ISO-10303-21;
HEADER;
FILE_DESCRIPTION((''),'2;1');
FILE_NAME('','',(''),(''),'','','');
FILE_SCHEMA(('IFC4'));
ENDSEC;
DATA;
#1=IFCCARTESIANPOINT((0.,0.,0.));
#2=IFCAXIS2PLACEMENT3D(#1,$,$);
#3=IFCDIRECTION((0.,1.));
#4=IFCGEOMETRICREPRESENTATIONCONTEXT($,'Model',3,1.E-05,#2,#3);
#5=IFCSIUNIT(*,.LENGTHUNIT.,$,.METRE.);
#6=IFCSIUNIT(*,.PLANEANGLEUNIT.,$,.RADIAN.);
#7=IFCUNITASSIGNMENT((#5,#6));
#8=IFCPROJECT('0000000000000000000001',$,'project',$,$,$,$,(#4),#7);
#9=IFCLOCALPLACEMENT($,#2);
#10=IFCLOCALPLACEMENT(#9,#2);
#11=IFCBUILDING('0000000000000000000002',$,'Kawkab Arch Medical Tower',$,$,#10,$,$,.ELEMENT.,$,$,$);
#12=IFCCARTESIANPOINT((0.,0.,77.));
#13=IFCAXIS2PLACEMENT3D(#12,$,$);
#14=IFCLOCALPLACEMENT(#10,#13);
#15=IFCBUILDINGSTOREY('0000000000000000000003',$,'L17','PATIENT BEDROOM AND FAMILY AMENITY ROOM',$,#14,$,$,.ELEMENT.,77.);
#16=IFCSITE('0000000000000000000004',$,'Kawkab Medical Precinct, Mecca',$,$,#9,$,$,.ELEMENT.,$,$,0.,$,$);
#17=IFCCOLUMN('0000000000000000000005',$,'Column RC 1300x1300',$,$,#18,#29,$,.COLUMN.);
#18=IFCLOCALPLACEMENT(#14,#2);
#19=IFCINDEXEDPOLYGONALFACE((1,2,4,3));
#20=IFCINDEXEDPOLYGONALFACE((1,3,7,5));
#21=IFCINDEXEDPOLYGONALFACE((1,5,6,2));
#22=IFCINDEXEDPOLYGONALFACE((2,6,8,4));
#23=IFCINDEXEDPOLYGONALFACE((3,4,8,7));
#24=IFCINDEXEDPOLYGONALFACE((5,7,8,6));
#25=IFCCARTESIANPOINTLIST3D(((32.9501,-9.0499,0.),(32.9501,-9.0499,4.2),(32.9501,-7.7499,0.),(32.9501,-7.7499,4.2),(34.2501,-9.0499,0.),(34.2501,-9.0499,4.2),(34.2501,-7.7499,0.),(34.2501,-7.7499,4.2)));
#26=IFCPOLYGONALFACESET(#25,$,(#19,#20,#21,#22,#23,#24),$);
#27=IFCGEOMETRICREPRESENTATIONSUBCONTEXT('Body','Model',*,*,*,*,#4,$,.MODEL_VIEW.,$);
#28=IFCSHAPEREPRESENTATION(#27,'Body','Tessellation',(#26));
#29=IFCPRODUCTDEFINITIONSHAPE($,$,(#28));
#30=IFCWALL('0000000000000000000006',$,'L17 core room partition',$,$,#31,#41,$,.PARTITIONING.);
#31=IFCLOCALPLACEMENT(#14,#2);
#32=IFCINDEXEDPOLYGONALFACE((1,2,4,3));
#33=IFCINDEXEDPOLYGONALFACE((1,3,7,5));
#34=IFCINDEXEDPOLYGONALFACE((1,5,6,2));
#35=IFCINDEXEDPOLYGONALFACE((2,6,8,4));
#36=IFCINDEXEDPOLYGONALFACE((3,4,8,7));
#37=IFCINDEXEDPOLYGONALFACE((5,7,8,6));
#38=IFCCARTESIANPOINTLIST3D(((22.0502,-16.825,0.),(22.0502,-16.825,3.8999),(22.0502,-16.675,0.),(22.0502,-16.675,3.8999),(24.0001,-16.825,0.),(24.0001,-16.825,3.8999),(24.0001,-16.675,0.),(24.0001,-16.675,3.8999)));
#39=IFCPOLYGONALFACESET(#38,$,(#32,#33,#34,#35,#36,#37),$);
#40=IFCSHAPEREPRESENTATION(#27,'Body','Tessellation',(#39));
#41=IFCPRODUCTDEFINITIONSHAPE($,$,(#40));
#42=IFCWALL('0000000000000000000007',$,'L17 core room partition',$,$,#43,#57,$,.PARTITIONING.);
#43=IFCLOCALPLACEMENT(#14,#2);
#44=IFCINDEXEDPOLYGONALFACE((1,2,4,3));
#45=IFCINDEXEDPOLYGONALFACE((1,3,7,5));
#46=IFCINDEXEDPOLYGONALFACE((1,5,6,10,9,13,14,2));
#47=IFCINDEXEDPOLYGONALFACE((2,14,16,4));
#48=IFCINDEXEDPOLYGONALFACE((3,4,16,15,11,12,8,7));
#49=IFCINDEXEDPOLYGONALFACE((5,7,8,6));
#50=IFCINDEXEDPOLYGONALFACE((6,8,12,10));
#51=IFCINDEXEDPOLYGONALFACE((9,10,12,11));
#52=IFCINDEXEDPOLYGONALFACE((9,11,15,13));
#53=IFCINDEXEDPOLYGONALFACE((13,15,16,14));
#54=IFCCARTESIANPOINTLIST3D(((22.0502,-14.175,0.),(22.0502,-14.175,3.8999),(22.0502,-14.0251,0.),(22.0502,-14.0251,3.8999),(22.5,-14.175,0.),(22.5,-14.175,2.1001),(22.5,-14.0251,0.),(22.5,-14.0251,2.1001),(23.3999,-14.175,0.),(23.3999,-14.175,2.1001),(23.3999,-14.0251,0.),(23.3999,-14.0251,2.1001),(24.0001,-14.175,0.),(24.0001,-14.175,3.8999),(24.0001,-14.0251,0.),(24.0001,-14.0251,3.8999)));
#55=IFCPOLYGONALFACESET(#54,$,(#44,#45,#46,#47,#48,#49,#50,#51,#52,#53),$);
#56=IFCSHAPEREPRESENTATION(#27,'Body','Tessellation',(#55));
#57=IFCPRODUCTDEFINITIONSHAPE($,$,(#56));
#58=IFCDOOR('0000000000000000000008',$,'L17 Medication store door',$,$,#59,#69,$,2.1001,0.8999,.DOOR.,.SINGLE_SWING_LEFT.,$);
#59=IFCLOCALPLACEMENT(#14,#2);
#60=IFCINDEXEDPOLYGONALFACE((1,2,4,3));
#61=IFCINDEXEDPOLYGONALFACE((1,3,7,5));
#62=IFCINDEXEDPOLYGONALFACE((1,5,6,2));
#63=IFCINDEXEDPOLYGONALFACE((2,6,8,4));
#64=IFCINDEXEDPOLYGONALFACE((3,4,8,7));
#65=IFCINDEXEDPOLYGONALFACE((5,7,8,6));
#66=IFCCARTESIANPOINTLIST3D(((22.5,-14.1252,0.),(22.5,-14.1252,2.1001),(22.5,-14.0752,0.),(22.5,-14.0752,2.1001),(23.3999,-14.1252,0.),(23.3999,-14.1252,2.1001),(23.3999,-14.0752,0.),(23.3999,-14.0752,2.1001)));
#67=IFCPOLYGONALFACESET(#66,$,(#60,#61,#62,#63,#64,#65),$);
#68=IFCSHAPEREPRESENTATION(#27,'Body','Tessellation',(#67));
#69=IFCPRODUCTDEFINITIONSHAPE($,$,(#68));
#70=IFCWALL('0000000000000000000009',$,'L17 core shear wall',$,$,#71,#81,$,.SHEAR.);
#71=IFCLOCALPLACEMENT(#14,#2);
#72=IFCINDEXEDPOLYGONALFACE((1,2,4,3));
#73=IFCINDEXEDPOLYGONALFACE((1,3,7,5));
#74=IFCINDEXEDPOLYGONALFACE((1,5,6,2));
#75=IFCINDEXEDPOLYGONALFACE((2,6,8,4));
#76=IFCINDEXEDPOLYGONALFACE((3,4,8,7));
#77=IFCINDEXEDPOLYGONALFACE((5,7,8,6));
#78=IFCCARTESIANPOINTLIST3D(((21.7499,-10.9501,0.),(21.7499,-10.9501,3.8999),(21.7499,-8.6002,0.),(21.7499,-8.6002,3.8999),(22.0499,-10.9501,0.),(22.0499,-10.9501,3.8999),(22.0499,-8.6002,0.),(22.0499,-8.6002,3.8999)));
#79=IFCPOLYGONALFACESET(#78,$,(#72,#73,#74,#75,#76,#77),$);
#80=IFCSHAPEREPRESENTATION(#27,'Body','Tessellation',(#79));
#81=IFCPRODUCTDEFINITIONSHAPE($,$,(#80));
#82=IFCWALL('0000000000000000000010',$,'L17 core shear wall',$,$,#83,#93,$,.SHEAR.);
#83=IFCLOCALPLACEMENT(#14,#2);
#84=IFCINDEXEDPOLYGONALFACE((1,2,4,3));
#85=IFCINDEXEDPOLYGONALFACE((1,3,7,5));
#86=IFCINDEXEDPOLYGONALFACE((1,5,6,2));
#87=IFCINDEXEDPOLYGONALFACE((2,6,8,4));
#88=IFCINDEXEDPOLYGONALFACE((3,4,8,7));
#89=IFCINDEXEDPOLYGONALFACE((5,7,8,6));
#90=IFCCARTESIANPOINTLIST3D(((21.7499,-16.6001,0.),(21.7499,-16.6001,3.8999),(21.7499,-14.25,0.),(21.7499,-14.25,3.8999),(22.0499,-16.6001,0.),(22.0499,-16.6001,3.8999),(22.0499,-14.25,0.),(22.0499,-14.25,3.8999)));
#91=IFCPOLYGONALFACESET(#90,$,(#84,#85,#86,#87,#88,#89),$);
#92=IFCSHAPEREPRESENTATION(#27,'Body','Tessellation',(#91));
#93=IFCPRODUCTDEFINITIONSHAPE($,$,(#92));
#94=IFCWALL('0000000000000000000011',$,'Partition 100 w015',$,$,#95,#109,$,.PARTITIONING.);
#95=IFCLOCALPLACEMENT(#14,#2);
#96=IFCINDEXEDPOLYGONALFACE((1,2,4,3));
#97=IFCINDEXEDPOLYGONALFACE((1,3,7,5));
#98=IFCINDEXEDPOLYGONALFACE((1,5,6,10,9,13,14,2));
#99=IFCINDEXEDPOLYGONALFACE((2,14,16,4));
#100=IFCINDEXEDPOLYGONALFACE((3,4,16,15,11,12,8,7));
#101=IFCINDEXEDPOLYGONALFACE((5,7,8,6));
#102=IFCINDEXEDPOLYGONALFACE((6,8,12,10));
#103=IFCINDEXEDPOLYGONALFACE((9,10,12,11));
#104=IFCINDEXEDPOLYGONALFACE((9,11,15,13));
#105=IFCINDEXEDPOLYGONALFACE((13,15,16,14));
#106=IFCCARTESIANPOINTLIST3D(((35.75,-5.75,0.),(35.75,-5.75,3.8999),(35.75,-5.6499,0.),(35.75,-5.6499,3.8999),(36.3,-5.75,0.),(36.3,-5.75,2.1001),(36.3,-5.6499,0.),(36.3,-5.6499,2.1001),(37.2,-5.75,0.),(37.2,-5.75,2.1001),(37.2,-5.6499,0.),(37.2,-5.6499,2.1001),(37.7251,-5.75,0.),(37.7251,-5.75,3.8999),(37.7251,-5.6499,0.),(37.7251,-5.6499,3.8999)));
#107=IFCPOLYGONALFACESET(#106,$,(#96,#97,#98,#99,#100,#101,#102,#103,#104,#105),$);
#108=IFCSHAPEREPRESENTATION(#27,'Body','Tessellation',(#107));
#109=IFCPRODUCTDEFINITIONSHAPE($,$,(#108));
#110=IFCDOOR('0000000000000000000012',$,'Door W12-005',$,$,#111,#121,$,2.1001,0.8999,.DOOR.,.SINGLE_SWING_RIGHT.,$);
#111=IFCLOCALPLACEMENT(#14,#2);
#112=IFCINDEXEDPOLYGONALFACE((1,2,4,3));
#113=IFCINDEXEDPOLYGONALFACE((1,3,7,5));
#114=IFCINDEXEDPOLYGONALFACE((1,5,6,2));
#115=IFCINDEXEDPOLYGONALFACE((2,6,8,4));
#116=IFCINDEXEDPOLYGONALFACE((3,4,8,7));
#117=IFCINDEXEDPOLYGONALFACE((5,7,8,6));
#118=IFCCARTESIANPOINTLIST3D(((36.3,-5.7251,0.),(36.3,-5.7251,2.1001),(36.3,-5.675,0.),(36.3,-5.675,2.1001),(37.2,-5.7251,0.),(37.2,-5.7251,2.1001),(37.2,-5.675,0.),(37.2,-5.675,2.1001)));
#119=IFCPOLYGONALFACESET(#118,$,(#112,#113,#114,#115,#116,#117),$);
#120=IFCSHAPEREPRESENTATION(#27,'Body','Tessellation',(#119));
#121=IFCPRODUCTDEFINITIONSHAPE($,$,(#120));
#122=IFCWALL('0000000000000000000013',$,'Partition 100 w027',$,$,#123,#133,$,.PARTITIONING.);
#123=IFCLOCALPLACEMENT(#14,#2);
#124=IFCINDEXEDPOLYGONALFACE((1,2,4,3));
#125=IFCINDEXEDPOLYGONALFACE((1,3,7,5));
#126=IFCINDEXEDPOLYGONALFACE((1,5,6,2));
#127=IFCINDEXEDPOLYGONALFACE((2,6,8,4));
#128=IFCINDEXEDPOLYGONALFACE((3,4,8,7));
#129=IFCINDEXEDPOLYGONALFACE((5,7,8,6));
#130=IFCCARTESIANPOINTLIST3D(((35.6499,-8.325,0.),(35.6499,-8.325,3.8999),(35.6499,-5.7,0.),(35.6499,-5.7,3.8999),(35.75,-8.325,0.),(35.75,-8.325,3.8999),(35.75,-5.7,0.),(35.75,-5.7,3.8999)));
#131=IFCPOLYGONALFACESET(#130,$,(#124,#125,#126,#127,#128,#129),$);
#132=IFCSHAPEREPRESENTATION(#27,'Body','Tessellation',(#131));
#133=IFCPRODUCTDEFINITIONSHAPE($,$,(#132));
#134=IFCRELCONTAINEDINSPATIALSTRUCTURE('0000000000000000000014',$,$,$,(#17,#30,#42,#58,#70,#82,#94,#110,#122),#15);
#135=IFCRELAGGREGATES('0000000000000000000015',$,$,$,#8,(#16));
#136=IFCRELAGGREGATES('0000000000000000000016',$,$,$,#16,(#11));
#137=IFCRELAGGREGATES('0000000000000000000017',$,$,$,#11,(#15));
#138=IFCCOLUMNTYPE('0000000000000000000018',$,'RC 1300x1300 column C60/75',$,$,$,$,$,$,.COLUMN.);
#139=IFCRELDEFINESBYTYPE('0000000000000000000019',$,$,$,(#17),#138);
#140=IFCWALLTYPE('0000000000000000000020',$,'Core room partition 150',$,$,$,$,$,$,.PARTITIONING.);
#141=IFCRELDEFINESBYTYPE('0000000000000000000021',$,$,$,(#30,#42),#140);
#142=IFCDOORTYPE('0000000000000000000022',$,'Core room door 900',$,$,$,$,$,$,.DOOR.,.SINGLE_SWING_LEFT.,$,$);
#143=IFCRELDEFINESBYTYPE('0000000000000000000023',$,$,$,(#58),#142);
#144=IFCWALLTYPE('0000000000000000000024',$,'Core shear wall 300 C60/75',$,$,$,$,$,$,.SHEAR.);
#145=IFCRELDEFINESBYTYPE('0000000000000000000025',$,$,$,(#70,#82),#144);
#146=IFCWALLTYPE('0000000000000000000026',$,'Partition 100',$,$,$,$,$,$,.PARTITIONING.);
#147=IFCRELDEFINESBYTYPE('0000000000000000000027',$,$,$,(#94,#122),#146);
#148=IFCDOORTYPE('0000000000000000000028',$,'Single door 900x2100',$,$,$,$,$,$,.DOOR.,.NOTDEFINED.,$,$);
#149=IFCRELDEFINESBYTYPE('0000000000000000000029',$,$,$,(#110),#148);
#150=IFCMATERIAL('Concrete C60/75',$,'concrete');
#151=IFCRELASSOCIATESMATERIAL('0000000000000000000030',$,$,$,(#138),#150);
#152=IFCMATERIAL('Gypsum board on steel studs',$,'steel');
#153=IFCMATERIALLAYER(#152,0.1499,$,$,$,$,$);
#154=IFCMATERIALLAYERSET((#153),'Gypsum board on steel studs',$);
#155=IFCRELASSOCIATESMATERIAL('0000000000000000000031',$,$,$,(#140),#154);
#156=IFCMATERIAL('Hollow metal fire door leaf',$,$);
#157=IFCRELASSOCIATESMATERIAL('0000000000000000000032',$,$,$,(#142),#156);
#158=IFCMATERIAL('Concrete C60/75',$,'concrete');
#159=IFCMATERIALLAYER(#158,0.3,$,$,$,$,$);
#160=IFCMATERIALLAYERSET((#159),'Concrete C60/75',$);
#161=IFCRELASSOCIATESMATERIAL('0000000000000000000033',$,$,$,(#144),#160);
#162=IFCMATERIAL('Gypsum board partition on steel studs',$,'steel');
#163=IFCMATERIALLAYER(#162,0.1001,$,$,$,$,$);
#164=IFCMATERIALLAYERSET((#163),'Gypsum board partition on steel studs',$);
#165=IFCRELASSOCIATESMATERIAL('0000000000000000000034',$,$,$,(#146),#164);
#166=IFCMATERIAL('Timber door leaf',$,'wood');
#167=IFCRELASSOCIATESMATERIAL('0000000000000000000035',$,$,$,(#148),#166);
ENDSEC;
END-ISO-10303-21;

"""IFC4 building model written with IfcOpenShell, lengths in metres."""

from ifc_helpers import new_model, si_unit, direction, frame, frame_2d, origin, origin_2d, place, context, subcontext, project, spatial, rectangle, extrude, material, layer, layer_set, material_profile, profile_set, type_object, element, fill, save


model = new_model("IFC4")

# Units and contexts
model_context = context("Model", 3, precision=1e-05, world=origin(), true_north=direction((0.0, 1.0)))
body_context = subcontext(model_context, "Body", "Model", "MODEL_VIEW")
ifc_project = project(units=[si_unit("LENGTHUNIT", "METRE"), si_unit("PLANEANGLEUNIT", "RADIAN")], contexts=[model_context])

# Site, building, storey
site_placement = place(None, origin())
site = spatial("IfcSite", under=ifc_project, at=site_placement, Name="Kawkab Medical Precinct, Mecca", CompositionType="ELEMENT", RefElevation=0.0)
building_placement = place(site_placement, origin())
building = spatial("IfcBuilding", under=site, at=building_placement, Name="Kawkab Arch Medical Tower", CompositionType="ELEMENT")
storey_placement = place(building_placement, frame((0.0, 0.0, 77.0)))
storey = spatial("IfcBuildingStorey", under=building, at=storey_placement, Name="L17", Description="PATIENT BEDROOM AND FAMILY AMENITY ROOM", CompositionType="ELEMENT", Elevation=77.0)

# Column
ifc_material_1 = material(Name="Concrete C60/75", Category="concrete")
ifc_material_profile = material_profile(ifc_material_1, rectangle(XDim=1.3, YDim=1.3, at=origin_2d()), Name="RC 1300x1300")
ifc_profile_set = profile_set([ifc_material_profile], Name="Concrete C60/75")
column_type = type_object("IfcColumnType", Name="RC 1300x1300 column C60/75", PredefinedType="COLUMN", material=ifc_profile_set)
column_placement = place(storey_placement, frame((33.6001, -8.3999, 0.0), z_axis=(0.0, 0.0, 1.0), x_axis=(1.0, 0.0, 0.0)))
element("IfcColumn", 1, at=column_placement, inside=storey, type_object=column_type, Name="Column RC 1300x1300", PredefinedType="COLUMN", context=body_context, shape_type="SweptSolid", body=[
    extrude(rectangle(XDim=1.3, YDim=1.3, at=origin_2d()), origin(), (0.0, 0.0, 1.0), 4.2),
])

# Wall
ifc_material_2 = material(Name="Gypsum board on steel studs", Category="steel")
ifc_layer_1 = layer(ifc_material_2, 0.1499)
ifc_layer_set_1 = layer_set([ifc_layer_1], Name="Gypsum board on steel studs")
wall_type_1 = type_object("IfcWallType", Name="Core room partition 150", PredefinedType="PARTITIONING", material=ifc_layer_set_1)
wall_1_placement = place(storey_placement, frame((22.05, -16.75, 0.0), z_axis=(0.0, 0.0, 1.0), x_axis=(1.0, 0.0, 0.0)))
element("IfcWall", 2, at=wall_1_placement, inside=storey, type_object=wall_type_1, Name="L17 core room partition", PredefinedType="PARTITIONING", context=body_context, shape_type="SweptSolid", body=[
    extrude(rectangle(XDim=1.95, YDim=0.1499, at=frame_2d((0.9751, 0.0))), origin(), (0.0, 0.0, 1.0), 3.8999),
])

# Wall, opening, door
wall_2_placement = place(storey_placement, frame((22.05, -14.1001, 0.0), z_axis=(0.0, 0.0, 1.0), x_axis=(1.0, 0.0, 0.0)))
wall_2 = element("IfcWall", 3, at=wall_2_placement, inside=storey, type_object=wall_type_1, Name="L17 core room partition", PredefinedType="PARTITIONING", context=body_context, shape_type="SweptSolid", body=[
    extrude(rectangle(XDim=1.95, YDim=0.1499, at=frame_2d((0.9751, 0.0))), origin(), (0.0, 0.0, 1.0), 3.8999),
])
opening_1_placement = place(wall_2_placement, frame((0.45, 0.0, 0.0)))
opening_1 = element("IfcOpeningElement", 4, at=opening_1_placement, cuts=wall_2, PredefinedType="OPENING", context=body_context, shape_type="SweptSolid", body=[
    extrude(rectangle(XDim=0.8999, YDim=2.1001, at=frame_2d((0.45, 1.05))), frame((0.0, 0.085, 0.0), z_axis=(0.0, -1.0, 0.0), x_axis=(1.0, 0.0, 0.0)), (0.0, 0.0, 1.0), 0.1699),
])
ifc_material_3 = material(Name="Hollow metal fire door leaf")
door_type_1 = type_object("IfcDoorType", Name="Core room door 900", OperationType="SINGLE_SWING_LEFT", PredefinedType="DOOR", material=ifc_material_3)
door_1_placement = place(opening_1_placement, origin())
door_1 = element("IfcDoor", 5, at=door_1_placement, inside=storey, type_object=door_type_1, Name="L17 Medication store door", OperationType="SINGLE_SWING_LEFT", OverallHeight=2.1001, OverallWidth=0.8999, PredefinedType="DOOR", context=body_context, shape_type="SweptSolid", body=[
    extrude(rectangle(XDim=0.8999, YDim=2.1001, at=frame_2d((0.45, 1.05))), frame((0.0, 0.0249, 0.0), z_axis=(0.0, -1.0, 0.0), x_axis=(1.0, 0.0, 0.0)), (0.0, 0.0, 1.0), 0.05),
])
fill(opening_1, door_1)

# Walls
ifc_material_4 = material(Name="Concrete C60/75", Category="concrete")
ifc_layer_2 = layer(ifc_material_4, 0.3)
ifc_layer_set_2 = layer_set([ifc_layer_2], Name="Concrete C60/75")
wall_type_2 = type_object("IfcWallType", Name="Core shear wall 300 C60/75", PredefinedType="SHEAR", material=ifc_layer_set_2)
wall_3_placement = place(storey_placement, frame((21.8999, -10.95, 0.0), z_axis=(0.0, 0.0, 1.0), x_axis=(0.0, 1.0, 0.0)))
element("IfcWall", 6, at=wall_3_placement, inside=storey, type_object=wall_type_2, Name="L17 core shear wall", PredefinedType="SHEAR", context=body_context, shape_type="SweptSolid", body=[
    extrude(rectangle(XDim=2.3499, YDim=0.3, at=frame_2d((1.1748, 0.0))), origin(), (0.0, 0.0, 1.0), 3.8999),
])
wall_4_placement = place(storey_placement, frame((21.8999, -16.6001, 0.0), z_axis=(0.0, 0.0, 1.0), x_axis=(0.0, 1.0, 0.0)))
element("IfcWall", 7, at=wall_4_placement, inside=storey, type_object=wall_type_2, Name="L17 core shear wall", PredefinedType="SHEAR", context=body_context, shape_type="SweptSolid", body=[
    extrude(rectangle(XDim=2.3501, YDim=0.3, at=frame_2d((1.175, 0.0))), origin(), (0.0, 0.0, 1.0), 3.8999),
])

# Wall, opening, door
ifc_material_5 = material(Name="Gypsum board partition on steel studs", Category="steel")
ifc_layer_3 = layer(ifc_material_5, 0.1001)
ifc_layer_set_3 = layer_set([ifc_layer_3], Name="Gypsum board partition on steel studs")
wall_type_3 = type_object("IfcWallType", Name="Partition 100", PredefinedType="PARTITIONING", material=ifc_layer_set_3)
wall_5_placement = place(storey_placement, frame((35.75, -5.7, 0.0), z_axis=(0.0, 0.0, 1.0), x_axis=(1.0, 0.0, 0.0)))
wall_5 = element("IfcWall", 8, at=wall_5_placement, inside=storey, type_object=wall_type_3, Name="Partition 100 w015", PredefinedType="PARTITIONING", context=body_context, shape_type="SweptSolid", body=[
    extrude(rectangle(XDim=1.9751, YDim=0.1001, at=frame_2d((0.9875, 0.0))), origin(), (0.0, 0.0, 1.0), 3.8999),
])
opening_2_placement = place(wall_5_placement, frame((0.55, 0.0, 0.0)))
opening_2 = element("IfcOpeningElement", 9, at=opening_2_placement, cuts=wall_5, PredefinedType="OPENING", context=body_context, shape_type="SweptSolid", body=[
    extrude(rectangle(XDim=0.8999, YDim=2.1001, at=frame_2d((0.45, 1.05))), frame((0.0, 0.0601, 0.0), z_axis=(0.0, -1.0, 0.0), x_axis=(1.0, 0.0, 0.0)), (0.0, 0.0, 1.0), 0.1201),
])
ifc_material_6 = material(Name="Timber door leaf", Category="wood")
door_type_2 = type_object("IfcDoorType", Name="Single door 900x2100", OperationType="NOTDEFINED", PredefinedType="DOOR", material=ifc_material_6)
door_2_placement = place(opening_2_placement, origin())
door_2 = element("IfcDoor", 10, at=door_2_placement, inside=storey, type_object=door_type_2, Name="Door W12-005", OperationType="SINGLE_SWING_RIGHT", OverallHeight=2.1001, OverallWidth=0.8999, PredefinedType="DOOR", context=body_context, shape_type="SweptSolid", body=[
    extrude(rectangle(XDim=0.8999, YDim=2.1001, at=frame_2d((0.45, 1.05))), frame((0.0, 0.0249, 0.0), z_axis=(0.0, -1.0, 0.0), x_axis=(1.0, 0.0, 0.0)), (0.0, 0.0, 1.0), 0.05),
])
fill(opening_2, door_2)

# Wall
wall_6_placement = place(storey_placement, frame((35.7, -8.325, 0.0), z_axis=(0.0, 0.0, 1.0), x_axis=(0.0, 1.0, 0.0)))
element("IfcWall", 11, at=wall_6_placement, inside=storey, type_object=wall_type_3, Name="Partition 100 w027", PredefinedType="PARTITIONING", context=body_context, shape_type="SweptSolid", body=[
    extrude(rectangle(XDim=2.625, YDim=0.1001, at=frame_2d((1.3125, 0.0))), origin(), (0.0, 0.0, 1.0), 3.8999),
])

save(model, "model.ifc")
